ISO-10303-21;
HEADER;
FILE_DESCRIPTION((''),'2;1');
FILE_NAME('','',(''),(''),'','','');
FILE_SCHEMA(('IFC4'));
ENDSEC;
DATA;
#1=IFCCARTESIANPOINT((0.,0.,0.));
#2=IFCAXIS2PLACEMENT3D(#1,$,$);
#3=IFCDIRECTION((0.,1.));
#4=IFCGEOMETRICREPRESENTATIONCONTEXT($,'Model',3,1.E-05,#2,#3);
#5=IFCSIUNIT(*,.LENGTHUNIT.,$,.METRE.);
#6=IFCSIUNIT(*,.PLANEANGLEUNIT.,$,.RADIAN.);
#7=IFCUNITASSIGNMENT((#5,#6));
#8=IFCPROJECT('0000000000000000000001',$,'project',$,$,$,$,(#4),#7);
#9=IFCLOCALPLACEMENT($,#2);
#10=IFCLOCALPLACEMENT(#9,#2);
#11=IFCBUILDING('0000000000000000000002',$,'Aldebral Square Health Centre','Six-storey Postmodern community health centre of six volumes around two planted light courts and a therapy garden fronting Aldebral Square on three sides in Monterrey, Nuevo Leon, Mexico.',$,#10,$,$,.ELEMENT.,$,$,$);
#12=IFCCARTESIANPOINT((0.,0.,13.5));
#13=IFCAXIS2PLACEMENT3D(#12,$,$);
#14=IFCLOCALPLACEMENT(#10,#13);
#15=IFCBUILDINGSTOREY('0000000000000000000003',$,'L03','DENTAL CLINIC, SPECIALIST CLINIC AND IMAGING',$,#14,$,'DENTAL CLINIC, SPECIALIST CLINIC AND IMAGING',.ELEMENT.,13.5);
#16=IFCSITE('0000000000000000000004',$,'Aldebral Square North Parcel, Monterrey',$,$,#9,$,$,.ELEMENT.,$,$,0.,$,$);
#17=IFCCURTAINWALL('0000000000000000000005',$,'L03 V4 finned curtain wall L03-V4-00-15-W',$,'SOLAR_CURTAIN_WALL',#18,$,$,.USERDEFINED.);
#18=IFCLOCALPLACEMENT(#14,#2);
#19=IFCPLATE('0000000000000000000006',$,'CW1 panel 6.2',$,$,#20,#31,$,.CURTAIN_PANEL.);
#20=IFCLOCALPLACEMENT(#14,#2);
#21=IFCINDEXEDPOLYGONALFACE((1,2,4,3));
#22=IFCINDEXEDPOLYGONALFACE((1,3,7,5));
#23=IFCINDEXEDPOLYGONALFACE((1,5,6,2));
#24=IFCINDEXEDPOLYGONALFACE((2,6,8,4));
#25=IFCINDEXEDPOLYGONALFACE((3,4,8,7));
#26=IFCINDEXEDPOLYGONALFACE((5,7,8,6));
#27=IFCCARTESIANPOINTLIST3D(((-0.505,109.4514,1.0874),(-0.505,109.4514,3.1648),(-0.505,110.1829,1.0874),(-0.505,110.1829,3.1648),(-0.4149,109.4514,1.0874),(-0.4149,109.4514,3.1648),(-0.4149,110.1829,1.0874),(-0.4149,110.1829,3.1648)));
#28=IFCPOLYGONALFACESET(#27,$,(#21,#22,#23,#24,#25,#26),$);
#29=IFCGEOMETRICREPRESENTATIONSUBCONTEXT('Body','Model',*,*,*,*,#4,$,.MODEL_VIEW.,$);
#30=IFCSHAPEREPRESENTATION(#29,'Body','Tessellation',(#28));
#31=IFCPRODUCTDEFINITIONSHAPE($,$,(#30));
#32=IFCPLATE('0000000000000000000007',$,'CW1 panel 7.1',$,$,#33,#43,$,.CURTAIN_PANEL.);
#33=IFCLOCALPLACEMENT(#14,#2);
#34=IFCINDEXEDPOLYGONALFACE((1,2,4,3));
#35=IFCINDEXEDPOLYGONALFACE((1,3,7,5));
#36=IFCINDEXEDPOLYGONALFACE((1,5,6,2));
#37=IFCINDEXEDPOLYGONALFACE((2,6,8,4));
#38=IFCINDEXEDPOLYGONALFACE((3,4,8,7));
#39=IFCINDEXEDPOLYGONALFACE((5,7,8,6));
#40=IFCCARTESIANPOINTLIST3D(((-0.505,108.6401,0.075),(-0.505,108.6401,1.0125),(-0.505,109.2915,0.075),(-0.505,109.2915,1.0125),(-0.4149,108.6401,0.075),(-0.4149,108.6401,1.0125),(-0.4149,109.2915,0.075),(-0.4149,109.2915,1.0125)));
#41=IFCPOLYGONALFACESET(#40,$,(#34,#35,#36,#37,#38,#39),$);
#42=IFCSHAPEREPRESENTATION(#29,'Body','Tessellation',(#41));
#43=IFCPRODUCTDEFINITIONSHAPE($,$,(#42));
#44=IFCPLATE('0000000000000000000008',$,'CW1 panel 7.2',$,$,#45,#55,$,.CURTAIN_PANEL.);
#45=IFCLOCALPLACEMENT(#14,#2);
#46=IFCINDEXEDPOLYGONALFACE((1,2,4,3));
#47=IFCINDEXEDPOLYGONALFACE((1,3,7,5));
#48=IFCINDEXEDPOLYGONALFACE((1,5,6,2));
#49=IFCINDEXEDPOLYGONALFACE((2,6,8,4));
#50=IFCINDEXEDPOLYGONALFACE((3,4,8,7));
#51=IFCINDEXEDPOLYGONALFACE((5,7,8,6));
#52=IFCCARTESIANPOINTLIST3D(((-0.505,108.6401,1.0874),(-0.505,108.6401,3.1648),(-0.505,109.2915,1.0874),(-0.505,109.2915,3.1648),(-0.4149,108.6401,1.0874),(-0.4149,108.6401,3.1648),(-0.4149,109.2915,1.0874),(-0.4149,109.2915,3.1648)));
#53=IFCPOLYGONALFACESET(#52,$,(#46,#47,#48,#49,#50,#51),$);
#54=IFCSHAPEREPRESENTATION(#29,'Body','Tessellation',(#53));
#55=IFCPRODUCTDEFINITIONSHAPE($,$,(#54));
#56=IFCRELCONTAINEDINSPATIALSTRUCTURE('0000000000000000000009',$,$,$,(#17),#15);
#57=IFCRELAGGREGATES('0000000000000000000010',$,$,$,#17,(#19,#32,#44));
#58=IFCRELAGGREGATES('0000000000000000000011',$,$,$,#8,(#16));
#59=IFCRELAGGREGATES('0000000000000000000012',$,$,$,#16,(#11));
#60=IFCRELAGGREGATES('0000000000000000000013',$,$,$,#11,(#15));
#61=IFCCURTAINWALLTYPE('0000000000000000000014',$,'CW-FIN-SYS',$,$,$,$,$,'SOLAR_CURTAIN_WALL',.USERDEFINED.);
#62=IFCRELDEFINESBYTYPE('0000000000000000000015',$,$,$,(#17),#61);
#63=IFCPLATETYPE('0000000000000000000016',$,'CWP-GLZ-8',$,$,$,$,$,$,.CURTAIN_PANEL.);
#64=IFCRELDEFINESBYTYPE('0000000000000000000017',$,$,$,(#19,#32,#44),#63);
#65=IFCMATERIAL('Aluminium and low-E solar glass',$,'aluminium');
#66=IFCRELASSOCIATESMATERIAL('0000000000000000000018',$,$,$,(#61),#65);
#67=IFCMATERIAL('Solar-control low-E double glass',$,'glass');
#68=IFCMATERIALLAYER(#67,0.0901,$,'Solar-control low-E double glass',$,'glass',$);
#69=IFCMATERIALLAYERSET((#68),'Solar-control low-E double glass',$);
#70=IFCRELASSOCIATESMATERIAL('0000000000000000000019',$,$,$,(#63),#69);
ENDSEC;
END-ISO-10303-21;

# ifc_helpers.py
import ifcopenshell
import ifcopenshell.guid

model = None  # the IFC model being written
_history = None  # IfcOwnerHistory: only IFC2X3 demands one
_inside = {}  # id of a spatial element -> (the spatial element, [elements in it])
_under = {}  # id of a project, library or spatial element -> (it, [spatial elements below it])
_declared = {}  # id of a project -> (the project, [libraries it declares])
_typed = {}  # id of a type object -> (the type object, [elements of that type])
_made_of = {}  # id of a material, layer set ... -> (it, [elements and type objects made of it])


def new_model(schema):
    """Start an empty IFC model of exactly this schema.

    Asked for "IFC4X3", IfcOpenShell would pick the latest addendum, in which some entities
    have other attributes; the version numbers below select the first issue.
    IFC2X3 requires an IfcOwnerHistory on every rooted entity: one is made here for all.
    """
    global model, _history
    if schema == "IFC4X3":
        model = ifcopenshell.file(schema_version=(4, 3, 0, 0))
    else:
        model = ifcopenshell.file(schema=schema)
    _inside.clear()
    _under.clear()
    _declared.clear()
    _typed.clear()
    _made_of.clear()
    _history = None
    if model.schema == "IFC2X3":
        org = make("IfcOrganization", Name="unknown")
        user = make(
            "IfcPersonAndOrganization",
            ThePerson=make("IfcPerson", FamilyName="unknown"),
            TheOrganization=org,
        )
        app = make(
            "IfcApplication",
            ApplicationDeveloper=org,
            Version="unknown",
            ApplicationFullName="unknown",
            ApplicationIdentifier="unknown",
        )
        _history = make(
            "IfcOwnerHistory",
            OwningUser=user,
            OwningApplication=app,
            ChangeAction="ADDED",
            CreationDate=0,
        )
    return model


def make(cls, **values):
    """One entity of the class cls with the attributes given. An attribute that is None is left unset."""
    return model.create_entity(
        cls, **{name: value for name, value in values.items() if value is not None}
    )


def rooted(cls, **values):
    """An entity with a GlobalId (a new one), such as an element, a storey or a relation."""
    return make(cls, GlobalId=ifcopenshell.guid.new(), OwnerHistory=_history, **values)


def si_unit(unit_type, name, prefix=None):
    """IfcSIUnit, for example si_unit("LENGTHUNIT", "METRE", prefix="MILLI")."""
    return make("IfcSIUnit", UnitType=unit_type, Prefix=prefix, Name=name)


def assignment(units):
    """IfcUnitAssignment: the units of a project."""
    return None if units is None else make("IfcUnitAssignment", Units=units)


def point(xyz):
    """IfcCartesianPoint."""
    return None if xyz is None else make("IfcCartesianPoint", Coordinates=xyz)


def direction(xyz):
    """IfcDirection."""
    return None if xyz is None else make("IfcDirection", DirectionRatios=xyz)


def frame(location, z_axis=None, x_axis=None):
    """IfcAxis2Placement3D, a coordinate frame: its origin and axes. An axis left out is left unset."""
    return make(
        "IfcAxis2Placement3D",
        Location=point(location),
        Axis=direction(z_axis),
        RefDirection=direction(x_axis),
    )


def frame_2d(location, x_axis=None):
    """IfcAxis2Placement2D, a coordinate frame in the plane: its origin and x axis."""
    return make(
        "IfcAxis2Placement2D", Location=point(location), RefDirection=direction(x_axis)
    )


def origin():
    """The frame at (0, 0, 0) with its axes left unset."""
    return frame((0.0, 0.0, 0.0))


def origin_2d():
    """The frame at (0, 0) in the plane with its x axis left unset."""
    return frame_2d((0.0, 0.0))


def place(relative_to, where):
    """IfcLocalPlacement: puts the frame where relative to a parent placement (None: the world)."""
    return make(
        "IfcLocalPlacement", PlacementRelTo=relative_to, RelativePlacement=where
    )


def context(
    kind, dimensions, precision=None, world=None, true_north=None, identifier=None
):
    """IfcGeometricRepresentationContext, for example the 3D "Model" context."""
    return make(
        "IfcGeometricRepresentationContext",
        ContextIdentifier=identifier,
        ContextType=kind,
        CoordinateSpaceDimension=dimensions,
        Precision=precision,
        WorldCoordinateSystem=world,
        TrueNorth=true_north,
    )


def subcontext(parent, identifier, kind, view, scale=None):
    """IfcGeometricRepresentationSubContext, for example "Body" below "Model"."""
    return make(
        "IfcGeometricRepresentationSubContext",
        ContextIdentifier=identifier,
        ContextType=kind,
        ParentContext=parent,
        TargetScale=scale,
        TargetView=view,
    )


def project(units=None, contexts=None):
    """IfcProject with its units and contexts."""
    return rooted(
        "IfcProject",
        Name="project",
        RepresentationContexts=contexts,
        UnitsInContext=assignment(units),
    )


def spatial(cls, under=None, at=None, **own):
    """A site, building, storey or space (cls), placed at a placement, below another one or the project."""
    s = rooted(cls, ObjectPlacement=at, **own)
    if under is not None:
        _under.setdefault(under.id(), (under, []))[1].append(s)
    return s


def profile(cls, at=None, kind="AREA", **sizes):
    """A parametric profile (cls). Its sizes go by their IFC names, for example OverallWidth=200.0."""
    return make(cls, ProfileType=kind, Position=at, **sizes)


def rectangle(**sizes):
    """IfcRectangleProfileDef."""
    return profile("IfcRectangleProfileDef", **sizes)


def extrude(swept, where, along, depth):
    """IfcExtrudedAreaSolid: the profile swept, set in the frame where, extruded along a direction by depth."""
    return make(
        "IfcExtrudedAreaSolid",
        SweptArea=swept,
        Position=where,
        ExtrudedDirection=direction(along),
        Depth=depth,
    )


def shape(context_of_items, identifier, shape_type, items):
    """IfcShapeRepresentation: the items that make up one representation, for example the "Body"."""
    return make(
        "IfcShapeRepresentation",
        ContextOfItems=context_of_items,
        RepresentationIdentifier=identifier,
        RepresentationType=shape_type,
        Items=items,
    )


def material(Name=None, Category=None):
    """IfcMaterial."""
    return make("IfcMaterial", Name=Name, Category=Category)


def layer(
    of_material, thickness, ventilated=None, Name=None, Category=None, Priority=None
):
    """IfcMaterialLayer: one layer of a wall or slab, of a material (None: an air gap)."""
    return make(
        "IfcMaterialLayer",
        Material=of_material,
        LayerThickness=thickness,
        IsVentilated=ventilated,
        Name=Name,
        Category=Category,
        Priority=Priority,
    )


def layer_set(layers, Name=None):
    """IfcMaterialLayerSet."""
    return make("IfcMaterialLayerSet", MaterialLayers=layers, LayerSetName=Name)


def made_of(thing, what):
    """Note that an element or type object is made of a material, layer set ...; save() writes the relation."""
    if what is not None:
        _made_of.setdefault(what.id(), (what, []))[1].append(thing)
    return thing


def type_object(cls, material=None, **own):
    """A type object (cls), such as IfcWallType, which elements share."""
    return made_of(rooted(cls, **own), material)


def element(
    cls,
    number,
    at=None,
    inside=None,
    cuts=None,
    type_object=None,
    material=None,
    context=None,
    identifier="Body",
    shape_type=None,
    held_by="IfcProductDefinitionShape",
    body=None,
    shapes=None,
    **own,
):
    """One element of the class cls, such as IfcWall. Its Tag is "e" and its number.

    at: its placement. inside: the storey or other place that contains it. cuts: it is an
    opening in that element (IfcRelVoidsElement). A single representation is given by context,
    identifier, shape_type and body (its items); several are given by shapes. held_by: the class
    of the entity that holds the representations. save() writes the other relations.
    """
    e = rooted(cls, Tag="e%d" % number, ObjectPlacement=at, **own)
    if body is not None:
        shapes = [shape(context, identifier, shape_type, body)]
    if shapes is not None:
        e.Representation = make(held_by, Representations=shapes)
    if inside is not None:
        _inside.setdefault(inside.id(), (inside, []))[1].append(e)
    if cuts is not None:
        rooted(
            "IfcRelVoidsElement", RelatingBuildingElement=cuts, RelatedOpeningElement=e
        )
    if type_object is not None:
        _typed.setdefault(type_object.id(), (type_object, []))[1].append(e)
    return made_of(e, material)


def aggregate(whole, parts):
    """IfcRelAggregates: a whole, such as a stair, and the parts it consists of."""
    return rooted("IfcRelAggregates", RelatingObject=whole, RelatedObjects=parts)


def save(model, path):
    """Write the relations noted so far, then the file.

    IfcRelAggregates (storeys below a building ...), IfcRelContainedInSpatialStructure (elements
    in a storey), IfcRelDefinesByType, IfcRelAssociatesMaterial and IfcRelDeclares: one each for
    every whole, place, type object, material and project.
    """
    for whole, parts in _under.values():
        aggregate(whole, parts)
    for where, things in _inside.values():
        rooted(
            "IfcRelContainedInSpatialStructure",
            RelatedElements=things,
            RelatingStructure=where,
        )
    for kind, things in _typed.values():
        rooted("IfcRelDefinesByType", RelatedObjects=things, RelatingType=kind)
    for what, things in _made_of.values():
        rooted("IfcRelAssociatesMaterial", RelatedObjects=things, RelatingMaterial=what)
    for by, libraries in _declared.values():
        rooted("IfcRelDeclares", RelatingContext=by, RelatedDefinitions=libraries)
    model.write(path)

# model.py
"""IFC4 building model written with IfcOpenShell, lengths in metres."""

from ifc_helpers import new_model, si_unit, direction, frame, origin, origin_2d, place, context, subcontext, project, spatial, rectangle, extrude, material, layer, layer_set, type_object, element, aggregate, save


model = new_model("IFC4")

# Units and contexts
model_context = context("Model", 3, precision=1e-05, world=origin(), true_north=direction((0.0, 1.0)))
body_context = subcontext(model_context, "Body", "Model", "MODEL_VIEW")
ifc_project = project(units=[si_unit("LENGTHUNIT", "METRE"), si_unit("PLANEANGLEUNIT", "RADIAN")], contexts=[model_context])

# Site, building, storey
site_placement = place(None, origin())
site = spatial("IfcSite", under=ifc_project, at=site_placement, Name="Aldebral Square North Parcel, Monterrey", CompositionType="ELEMENT", RefElevation=0.0)
building_placement = place(site_placement, origin())
building = spatial("IfcBuilding", under=site, at=building_placement, Name="Aldebral Square Health Centre", Description="Six-storey Postmodern community health centre of six volumes around two planted light courts and a therapy garden fronting Aldebral Square on three sides in Monterrey, Nuevo Leon, Mexico.", CompositionType="ELEMENT")
storey_placement = place(building_placement, frame((0.0, 0.0, 13.5)))
storey = spatial("IfcBuildingStorey", under=building, at=storey_placement, Name="L03", Description="DENTAL CLINIC, SPECIALIST CLINIC AND IMAGING", LongName="DENTAL CLINIC, SPECIALIST CLINIC AND IMAGING", CompositionType="ELEMENT", Elevation=13.5)

# Curtain wall, plates
ifc_material_1 = material(Name="Aluminium and low-E solar glass", Category="aluminium")
curtain_wall_type = type_object("IfcCurtainWallType", Name="CW-FIN-SYS", ElementType="SOLAR_CURTAIN_WALL", PredefinedType="USERDEFINED", material=ifc_material_1)
curtain_wall_placement = place(storey_placement, origin())
curtain_wall = element("IfcCurtainWall", 1, at=curtain_wall_placement, inside=storey, type_object=curtain_wall_type, Name="L03 V4 finned curtain wall L03-V4-00-15-W", ObjectType="SOLAR_CURTAIN_WALL", PredefinedType="USERDEFINED")
ifc_material_2 = material(Name="Solar-control low-E double glass", Category="glass")
ifc_layer = layer(ifc_material_2, 0.0901, Name="Solar-control low-E double glass", Category="glass")
ifc_layer_set = layer_set([ifc_layer], Name="Solar-control low-E double glass")
plate_type = type_object("IfcPlateType", Name="CWP-GLZ-8", PredefinedType="CURTAIN_PANEL", material=ifc_layer_set)
plate_1_placement = place(storey_placement, frame((-0.46, 109.8171, 1.0874), z_axis=(0.0, 0.0, 1.0), x_axis=(0.0, -1.0, 0.0)))
plate_1 = element("IfcPlate", 2, at=plate_1_placement, type_object=plate_type, Name="CW1 panel 6.2", PredefinedType="CURTAIN_PANEL", context=body_context, shape_type="SweptSolid", body=[
    extrude(rectangle(XDim=0.7314, YDim=0.0901, at=origin_2d()), origin(), (0.0, 0.0, 1.0), 2.0774),
])
plate_2_placement = place(storey_placement, frame((-0.46, 108.9658, 0.075), z_axis=(0.0, 0.0, 1.0), x_axis=(0.0, -1.0, 0.0)))
plate_2 = element("IfcPlate", 3, at=plate_2_placement, type_object=plate_type, Name="CW1 panel 7.1", PredefinedType="CURTAIN_PANEL", context=body_context, shape_type="SweptSolid", body=[
    extrude(rectangle(XDim=0.6514, YDim=0.0901, at=origin_2d()), origin(), (0.0, 0.0, 1.0), 0.9375),
])
plate_3_placement = place(storey_placement, frame((-0.46, 108.9658, 1.0874), z_axis=(0.0, 0.0, 1.0), x_axis=(0.0, -1.0, 0.0)))
plate_3 = element("IfcPlate", 4, at=plate_3_placement, type_object=plate_type, Name="CW1 panel 7.2", PredefinedType="CURTAIN_PANEL", context=body_context, shape_type="SweptSolid", body=[
    extrude(rectangle(XDim=0.6514, YDim=0.0901, at=origin_2d()), origin(), (0.0, 0.0, 1.0), 2.0774),
])
aggregate(curtain_wall, [plate_1, plate_2, plate_3])

save(model, "model.ifc")
